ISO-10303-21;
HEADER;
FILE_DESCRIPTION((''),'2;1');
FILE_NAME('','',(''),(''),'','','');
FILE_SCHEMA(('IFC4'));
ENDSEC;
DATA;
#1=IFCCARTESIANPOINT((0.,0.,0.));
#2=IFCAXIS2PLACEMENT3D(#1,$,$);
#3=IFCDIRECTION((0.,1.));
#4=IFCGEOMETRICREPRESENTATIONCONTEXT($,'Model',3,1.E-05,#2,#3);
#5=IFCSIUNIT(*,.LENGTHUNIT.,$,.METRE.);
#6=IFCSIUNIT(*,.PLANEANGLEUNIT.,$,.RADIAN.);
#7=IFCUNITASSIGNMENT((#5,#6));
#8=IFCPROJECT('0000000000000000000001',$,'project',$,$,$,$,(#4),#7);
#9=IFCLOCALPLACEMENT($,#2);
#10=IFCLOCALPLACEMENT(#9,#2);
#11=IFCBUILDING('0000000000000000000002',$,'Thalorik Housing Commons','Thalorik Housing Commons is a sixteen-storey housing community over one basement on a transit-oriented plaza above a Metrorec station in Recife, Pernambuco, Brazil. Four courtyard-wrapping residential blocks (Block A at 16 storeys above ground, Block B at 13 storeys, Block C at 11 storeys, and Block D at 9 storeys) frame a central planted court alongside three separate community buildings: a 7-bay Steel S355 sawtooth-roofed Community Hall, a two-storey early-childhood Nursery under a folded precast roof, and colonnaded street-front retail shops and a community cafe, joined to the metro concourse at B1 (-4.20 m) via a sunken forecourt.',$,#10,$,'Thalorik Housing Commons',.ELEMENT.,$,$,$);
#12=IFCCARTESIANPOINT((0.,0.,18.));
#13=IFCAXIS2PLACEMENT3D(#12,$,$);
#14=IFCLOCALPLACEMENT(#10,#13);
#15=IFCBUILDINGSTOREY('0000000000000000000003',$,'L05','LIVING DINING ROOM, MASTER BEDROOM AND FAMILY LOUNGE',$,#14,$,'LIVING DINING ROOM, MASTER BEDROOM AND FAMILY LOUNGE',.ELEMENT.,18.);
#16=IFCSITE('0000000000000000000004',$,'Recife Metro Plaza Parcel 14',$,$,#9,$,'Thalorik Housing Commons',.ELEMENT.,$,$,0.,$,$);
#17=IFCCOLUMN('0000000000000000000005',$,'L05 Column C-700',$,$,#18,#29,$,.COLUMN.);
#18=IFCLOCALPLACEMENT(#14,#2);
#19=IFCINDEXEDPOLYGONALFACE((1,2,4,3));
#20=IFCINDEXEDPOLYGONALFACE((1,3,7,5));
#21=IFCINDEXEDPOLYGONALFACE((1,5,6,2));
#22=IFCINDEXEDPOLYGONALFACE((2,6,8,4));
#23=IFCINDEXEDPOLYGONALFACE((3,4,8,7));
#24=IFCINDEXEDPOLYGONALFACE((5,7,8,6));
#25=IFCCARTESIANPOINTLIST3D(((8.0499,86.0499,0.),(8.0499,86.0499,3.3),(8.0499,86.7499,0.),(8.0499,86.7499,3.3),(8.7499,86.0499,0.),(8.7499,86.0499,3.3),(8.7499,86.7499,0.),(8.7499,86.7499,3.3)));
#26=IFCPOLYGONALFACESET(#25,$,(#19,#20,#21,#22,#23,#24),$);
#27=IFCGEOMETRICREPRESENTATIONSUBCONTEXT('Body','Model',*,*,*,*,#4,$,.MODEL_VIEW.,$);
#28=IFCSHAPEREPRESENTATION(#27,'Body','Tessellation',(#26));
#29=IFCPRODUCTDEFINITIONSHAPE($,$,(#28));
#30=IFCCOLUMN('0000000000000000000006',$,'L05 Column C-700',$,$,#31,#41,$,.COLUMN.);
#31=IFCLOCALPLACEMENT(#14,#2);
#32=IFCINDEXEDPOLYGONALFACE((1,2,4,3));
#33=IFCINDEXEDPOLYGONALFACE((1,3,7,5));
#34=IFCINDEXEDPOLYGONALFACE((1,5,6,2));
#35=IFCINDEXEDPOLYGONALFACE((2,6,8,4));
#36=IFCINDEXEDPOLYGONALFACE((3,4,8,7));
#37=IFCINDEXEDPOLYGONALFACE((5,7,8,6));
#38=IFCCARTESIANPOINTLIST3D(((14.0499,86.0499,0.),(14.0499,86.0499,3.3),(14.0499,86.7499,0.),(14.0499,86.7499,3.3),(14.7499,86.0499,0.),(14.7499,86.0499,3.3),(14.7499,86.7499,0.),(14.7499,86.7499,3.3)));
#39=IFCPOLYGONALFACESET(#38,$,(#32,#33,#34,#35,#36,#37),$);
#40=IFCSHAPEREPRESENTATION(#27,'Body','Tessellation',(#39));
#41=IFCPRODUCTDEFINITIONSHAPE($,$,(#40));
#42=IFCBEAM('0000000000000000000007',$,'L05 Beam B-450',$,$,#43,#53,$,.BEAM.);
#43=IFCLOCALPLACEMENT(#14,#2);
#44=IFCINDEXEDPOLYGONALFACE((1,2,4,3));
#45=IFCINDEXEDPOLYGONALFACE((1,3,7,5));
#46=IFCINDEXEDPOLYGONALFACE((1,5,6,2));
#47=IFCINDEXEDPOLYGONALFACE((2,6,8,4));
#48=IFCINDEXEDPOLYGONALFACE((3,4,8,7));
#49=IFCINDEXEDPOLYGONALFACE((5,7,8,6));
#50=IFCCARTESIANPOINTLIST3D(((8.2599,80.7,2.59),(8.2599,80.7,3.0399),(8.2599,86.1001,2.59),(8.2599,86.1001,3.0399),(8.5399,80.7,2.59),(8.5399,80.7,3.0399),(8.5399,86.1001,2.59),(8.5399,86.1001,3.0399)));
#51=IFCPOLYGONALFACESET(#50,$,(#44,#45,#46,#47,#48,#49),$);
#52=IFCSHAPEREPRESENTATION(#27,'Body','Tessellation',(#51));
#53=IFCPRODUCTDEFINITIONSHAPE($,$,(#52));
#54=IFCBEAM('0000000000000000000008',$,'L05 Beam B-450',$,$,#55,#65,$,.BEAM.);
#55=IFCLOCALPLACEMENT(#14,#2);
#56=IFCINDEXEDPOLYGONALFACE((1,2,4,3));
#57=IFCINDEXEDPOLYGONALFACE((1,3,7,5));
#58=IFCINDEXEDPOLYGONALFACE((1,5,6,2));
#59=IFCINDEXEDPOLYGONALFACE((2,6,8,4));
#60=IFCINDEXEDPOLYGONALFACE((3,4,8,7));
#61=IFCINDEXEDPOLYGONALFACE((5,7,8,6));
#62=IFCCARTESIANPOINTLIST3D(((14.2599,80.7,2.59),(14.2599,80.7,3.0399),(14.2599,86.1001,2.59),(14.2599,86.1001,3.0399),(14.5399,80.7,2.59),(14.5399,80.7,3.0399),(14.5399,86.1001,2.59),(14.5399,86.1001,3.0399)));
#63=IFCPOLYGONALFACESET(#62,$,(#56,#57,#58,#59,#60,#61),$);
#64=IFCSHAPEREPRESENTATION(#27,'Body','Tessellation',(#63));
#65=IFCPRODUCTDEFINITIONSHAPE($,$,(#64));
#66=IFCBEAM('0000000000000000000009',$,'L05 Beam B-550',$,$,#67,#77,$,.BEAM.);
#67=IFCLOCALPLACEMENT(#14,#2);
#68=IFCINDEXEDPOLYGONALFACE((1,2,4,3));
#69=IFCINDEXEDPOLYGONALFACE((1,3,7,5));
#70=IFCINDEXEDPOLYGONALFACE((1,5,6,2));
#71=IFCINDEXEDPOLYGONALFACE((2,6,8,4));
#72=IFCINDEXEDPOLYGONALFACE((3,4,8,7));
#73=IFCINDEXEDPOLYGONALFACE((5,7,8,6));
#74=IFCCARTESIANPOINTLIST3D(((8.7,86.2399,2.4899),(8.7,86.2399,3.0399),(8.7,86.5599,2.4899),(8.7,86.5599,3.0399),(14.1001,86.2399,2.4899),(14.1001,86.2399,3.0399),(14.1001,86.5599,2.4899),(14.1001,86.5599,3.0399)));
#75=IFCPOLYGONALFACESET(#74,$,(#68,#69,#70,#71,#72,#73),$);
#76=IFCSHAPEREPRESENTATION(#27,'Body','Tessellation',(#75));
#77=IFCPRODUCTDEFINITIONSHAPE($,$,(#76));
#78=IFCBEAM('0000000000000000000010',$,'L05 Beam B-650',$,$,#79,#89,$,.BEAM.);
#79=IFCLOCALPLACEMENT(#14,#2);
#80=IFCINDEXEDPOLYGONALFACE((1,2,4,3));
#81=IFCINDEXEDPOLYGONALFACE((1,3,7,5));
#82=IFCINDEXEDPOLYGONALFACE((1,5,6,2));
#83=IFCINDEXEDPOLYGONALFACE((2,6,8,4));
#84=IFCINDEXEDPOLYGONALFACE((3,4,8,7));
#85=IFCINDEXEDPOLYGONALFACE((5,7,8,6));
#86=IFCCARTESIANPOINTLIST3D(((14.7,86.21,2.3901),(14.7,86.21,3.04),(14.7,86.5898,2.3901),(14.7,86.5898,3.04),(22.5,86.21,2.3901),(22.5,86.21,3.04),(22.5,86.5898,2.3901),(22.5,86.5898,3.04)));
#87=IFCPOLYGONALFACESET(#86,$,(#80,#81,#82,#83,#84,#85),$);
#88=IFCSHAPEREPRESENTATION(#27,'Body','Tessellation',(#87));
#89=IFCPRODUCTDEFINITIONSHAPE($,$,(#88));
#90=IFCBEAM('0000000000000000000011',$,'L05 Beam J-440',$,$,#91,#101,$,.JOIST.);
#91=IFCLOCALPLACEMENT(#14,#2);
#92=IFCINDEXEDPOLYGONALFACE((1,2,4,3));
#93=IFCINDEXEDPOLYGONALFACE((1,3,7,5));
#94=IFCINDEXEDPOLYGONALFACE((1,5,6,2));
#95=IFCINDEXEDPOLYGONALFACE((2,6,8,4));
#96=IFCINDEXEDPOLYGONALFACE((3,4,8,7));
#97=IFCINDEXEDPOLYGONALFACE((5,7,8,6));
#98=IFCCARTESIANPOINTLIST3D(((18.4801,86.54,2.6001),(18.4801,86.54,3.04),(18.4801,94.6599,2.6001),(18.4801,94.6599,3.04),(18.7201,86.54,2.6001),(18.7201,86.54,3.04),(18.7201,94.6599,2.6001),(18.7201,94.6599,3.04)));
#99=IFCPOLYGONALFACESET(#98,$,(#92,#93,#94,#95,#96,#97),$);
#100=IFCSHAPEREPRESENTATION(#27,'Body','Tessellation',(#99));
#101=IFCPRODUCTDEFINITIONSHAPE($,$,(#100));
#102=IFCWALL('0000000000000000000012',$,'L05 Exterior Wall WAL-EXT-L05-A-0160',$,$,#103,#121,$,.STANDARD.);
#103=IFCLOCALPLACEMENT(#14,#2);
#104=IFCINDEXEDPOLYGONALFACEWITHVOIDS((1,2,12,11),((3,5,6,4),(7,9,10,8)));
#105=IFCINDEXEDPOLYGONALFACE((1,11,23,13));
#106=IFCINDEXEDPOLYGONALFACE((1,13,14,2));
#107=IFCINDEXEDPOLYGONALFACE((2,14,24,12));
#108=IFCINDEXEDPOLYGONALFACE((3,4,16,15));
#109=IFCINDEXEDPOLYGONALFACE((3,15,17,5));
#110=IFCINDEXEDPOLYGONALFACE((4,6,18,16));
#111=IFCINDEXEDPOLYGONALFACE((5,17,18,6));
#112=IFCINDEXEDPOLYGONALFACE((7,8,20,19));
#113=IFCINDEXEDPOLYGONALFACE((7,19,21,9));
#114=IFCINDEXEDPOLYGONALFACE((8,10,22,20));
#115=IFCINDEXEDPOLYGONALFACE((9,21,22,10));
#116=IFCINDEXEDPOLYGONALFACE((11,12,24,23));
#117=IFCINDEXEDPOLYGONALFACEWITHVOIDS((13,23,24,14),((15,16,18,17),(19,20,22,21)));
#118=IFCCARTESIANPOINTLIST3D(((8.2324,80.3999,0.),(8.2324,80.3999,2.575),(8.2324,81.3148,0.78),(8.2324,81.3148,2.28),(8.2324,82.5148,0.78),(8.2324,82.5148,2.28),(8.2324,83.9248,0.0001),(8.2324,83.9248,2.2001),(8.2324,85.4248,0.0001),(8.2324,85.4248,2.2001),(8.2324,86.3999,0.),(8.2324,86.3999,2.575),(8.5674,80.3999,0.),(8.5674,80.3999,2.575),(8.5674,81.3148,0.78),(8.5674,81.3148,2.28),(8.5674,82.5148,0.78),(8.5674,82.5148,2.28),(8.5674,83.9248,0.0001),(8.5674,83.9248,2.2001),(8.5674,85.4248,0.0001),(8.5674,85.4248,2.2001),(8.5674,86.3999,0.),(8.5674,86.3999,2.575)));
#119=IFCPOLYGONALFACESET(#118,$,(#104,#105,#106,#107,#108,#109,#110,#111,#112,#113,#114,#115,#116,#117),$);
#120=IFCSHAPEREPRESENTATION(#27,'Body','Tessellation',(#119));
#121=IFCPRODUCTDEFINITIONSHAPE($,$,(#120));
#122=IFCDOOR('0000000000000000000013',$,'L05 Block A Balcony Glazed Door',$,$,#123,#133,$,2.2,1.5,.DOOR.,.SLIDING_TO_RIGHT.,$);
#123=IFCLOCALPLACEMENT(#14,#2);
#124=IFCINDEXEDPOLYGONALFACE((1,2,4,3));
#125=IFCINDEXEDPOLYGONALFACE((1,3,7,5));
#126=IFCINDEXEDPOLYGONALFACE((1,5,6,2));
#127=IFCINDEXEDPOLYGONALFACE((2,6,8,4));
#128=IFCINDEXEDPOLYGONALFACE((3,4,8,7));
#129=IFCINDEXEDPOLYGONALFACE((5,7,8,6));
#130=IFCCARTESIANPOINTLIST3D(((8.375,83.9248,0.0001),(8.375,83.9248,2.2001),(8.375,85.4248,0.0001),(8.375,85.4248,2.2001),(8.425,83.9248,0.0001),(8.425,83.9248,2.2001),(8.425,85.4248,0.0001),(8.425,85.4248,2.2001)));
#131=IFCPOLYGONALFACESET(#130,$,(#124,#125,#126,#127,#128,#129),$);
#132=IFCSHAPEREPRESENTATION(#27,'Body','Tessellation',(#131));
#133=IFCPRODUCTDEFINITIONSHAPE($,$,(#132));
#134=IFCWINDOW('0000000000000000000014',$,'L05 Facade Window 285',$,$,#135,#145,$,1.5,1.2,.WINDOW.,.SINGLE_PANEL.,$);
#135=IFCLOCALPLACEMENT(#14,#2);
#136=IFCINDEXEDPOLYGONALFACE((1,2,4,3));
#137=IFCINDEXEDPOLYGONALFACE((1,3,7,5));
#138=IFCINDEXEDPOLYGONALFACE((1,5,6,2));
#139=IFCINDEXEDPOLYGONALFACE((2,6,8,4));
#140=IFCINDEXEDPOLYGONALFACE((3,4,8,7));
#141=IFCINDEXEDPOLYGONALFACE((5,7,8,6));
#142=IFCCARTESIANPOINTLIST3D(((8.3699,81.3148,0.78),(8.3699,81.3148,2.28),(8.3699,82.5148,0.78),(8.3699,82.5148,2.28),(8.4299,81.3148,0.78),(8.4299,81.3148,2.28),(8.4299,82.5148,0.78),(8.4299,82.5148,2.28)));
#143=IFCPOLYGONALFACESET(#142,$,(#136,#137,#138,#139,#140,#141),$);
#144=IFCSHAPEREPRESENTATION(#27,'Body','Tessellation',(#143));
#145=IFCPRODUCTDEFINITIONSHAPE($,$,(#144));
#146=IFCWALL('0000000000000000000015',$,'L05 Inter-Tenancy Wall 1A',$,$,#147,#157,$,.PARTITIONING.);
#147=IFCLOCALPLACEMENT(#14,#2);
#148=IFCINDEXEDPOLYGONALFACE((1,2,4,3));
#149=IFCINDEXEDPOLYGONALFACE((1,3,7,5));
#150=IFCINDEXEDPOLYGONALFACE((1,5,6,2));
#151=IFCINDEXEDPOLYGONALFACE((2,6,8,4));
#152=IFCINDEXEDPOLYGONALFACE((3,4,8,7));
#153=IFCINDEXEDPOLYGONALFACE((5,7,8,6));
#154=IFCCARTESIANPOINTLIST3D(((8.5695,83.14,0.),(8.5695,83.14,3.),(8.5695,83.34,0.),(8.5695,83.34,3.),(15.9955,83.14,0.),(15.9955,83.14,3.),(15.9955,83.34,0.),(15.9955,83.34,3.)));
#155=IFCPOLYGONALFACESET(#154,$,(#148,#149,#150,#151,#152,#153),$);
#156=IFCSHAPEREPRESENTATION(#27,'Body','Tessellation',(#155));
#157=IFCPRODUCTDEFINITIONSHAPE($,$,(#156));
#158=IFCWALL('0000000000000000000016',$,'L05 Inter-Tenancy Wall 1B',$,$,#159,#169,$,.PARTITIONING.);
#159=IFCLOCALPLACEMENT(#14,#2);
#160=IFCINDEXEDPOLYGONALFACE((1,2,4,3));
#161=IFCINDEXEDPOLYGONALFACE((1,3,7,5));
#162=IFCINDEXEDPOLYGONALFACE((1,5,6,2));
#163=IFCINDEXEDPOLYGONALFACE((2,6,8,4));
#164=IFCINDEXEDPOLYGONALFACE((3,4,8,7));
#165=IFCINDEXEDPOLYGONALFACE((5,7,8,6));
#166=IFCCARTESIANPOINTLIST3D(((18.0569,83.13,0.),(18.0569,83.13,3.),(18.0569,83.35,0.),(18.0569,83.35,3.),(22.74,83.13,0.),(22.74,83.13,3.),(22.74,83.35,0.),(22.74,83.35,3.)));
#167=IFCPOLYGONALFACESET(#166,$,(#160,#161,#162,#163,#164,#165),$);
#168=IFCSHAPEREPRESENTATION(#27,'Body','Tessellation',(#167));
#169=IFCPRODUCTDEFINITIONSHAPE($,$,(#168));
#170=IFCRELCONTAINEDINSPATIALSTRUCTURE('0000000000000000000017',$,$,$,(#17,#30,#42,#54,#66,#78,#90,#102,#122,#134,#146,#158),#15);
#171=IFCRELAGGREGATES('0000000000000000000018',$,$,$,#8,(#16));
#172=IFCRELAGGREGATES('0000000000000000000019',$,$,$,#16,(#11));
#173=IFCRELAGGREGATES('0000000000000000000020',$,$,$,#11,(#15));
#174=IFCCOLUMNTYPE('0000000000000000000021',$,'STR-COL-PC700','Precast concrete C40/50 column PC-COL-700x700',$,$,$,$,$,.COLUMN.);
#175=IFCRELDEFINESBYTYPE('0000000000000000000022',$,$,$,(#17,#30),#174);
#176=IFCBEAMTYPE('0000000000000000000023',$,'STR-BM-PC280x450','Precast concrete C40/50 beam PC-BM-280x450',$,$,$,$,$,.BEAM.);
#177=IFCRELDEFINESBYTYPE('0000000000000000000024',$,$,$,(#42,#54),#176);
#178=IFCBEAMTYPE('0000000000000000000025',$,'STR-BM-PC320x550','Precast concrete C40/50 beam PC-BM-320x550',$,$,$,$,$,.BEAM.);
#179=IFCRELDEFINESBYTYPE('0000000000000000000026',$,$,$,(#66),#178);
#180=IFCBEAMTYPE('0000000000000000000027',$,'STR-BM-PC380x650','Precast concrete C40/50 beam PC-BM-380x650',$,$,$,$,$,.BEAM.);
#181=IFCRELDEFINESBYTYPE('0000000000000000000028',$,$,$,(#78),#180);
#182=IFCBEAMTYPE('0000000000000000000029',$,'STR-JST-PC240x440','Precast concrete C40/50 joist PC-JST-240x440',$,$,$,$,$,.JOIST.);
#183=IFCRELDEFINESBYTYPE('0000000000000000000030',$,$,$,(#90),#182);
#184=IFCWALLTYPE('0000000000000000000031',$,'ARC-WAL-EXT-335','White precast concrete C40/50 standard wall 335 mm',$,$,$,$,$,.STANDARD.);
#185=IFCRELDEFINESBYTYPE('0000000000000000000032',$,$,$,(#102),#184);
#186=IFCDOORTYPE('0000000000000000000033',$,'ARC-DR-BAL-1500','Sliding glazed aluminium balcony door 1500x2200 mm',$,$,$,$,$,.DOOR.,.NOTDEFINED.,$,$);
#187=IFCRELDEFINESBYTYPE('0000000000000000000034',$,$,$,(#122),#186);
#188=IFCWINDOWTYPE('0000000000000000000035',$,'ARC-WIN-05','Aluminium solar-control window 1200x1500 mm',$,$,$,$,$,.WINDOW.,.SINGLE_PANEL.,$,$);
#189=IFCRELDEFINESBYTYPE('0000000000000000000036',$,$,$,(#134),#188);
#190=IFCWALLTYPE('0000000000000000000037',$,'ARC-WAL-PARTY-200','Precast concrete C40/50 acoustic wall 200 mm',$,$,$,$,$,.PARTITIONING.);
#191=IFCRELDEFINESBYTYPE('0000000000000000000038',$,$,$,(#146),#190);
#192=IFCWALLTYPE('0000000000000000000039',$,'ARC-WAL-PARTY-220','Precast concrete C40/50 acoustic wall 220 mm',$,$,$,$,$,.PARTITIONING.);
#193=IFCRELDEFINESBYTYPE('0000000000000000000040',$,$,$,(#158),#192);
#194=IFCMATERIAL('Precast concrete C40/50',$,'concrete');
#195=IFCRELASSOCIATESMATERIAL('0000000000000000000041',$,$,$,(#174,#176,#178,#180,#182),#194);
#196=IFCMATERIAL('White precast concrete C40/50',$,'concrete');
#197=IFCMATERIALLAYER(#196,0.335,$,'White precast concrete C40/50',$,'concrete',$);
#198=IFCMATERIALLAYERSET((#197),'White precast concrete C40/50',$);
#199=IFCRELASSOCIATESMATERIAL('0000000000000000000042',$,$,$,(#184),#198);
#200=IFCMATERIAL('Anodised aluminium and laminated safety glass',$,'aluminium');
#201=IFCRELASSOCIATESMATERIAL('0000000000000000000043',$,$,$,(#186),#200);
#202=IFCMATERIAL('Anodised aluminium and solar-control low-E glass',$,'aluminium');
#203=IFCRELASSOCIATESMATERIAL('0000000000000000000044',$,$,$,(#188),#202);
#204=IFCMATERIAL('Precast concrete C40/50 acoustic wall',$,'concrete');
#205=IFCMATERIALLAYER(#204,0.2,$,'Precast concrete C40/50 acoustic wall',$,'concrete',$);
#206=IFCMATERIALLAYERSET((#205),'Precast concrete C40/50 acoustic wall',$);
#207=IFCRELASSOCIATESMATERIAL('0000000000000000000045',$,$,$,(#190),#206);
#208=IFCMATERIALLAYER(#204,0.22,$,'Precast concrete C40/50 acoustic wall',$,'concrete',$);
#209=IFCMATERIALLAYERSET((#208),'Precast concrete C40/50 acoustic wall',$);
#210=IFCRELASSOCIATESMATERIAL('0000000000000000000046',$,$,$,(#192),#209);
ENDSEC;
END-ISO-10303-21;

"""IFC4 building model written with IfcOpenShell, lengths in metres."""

from ifc_helpers import new_model, si_unit, direction, frame, frame_2d, origin, origin_2d, place, context, subcontext, project, spatial, rectangle, extrude, material, layer, layer_set, material_profile, profile_set, type_object, element, fill, save


model = new_model("IFC4")

# Units and contexts
model_context = context("Model", 3, precision=1e-05, world=origin(), true_north=direction((0.0, 1.0)))
body_context = subcontext(model_context, "Body", "Model", "MODEL_VIEW")
ifc_project = project(units=[si_unit("LENGTHUNIT", "METRE"), si_unit("PLANEANGLEUNIT", "RADIAN")], contexts=[model_context])

# Site, building, storey
site_placement = place(None, origin())
site = spatial("IfcSite", under=ifc_project, at=site_placement, Name="Recife Metro Plaza Parcel 14", LongName="Thalorik Housing Commons", CompositionType="ELEMENT", RefElevation=0.0)
building_placement = place(site_placement, origin())
building = spatial("IfcBuilding", under=site, at=building_placement, Name="Thalorik Housing Commons", Description="Thalorik Housing Commons is a sixteen-storey housing community over one basement on a transit-oriented plaza above a Metrorec station in Recife, Pernambuco, Brazil. Four courtyard-wrapping residential blocks (Block A at 16 storeys above ground, Block B at 13 storeys, Block C at 11 storeys, and Block D at 9 storeys) frame a central planted court alongside three separate community buildings: a 7-bay Steel S355 sawtooth-roofed Community Hall, a two-storey early-childhood Nursery under a folded precast roof, and colonnaded street-front retail shops and a community cafe, joined to the metro concourse at B1 (-4.20 m) via a sunken forecourt.", LongName="Thalorik Housing Commons", CompositionType="ELEMENT")
storey_placement = place(building_placement, frame((0.0, 0.0, 18.0)))
storey = spatial("IfcBuildingStorey", under=building, at=storey_placement, Name="L05", Description="LIVING DINING ROOM, MASTER BEDROOM AND FAMILY LOUNGE", LongName="LIVING DINING ROOM, MASTER BEDROOM AND FAMILY LOUNGE", CompositionType="ELEMENT", Elevation=18.0)

# Columns
ifc_material_1 = material(Name="Precast concrete C40/50", Category="concrete")
ifc_material_profile_1 = material_profile(ifc_material_1, rectangle(XDim=0.7, YDim=0.7, at=origin_2d()), Name="PC 700x700", Category="concrete")
ifc_profile_set_1 = profile_set([ifc_material_profile_1], Name="Precast concrete C40/50")
column_type = type_object("IfcColumnType", Name="STR-COL-PC700", Description="Precast concrete C40/50 column PC-COL-700x700", PredefinedType="COLUMN", material=ifc_profile_set_1)
for number, where, z_axis, x_axis, name in (
    (1, (8.3999, 86.3999, 0.0), (0.0, 0.0, 1.0), (1.0, 0.0, 0.0), "L05 Column C-700"),
    (2, (14.3999, 86.3999, 0.0), (0.0, 0.0, 1.0), (1.0, 0.0, 0.0), "L05 Column C-700"),
):
    element("IfcColumn", number, at=place(storey_placement, frame(where, z_axis=z_axis, x_axis=x_axis)), inside=storey, type_object=column_type, Name=name, PredefinedType="COLUMN", context=body_context, shape_type="SweptSolid", body=[
        extrude(rectangle(XDim=0.7, YDim=0.7, at=origin_2d()), origin(), (0.0, 0.0, 1.0), 3.3),
    ])

# Beams
ifc_material_profile_2 = material_profile(ifc_material_1, rectangle(XDim=0.28, YDim=0.45, at=origin_2d()), Name="PC 280x450", Category="concrete")
ifc_profile_set_2 = profile_set([ifc_material_profile_2], Name="Precast concrete C40/50")
beam_type_1 = type_object("IfcBeamType", Name="STR-BM-PC280x450", Description="Precast concrete C40/50 beam PC-BM-280x450", PredefinedType="BEAM", material=ifc_profile_set_2)
for number, where, z_axis, x_axis, name in (
    (3, (8.3999, 80.7, 2.8149), (0.0, 1.0, 0.0), (-1.0, 0.0, 0.0), "L05 Beam B-450"),
    (4, (14.3999, 80.7, 2.8149), (0.0, 1.0, 0.0), (-1.0, 0.0, 0.0), "L05 Beam B-450"),
):
    element("IfcBeam", number, at=place(storey_placement, frame(where, z_axis=z_axis, x_axis=x_axis)), inside=storey, type_object=beam_type_1, Name=name, PredefinedType="BEAM", context=body_context, shape_type="SweptSolid", body=[
        extrude(rectangle(XDim=0.28, YDim=0.45, at=origin_2d()), origin(), (0.0, 0.0, 1.0), 5.4001),
    ])
ifc_material_profile_3 = material_profile(ifc_material_1, rectangle(XDim=0.3201, YDim=0.55, at=origin_2d()), Name="PC 320x550", Category="concrete")
ifc_profile_set_3 = profile_set([ifc_material_profile_3], Name="Precast concrete C40/50")
beam_type_2 = type_object("IfcBeamType", Name="STR-BM-PC320x550", Description="Precast concrete C40/50 beam PC-BM-320x550", PredefinedType="BEAM", material=ifc_profile_set_3)
beam_1_placement = place(storey_placement, frame((8.7, 86.3999, 2.7649), z_axis=(1.0, 0.0, 0.0), x_axis=(0.0, 1.0, 0.0)))
element("IfcBeam", 5, at=beam_1_placement, inside=storey, type_object=beam_type_2, Name="L05 Beam B-550", PredefinedType="BEAM", context=body_context, shape_type="SweptSolid", body=[
    extrude(rectangle(XDim=0.3201, YDim=0.55, at=origin_2d()), origin(), (0.0, 0.0, 1.0), 5.4001),
])
ifc_material_profile_4 = material_profile(ifc_material_1, rectangle(XDim=0.3799, YDim=0.6499, at=origin_2d()), Name="PC 380x650", Category="concrete")
ifc_profile_set_4 = profile_set([ifc_material_profile_4], Name="Precast concrete C40/50")
beam_type_3 = type_object("IfcBeamType", Name="STR-BM-PC380x650", Description="Precast concrete C40/50 beam PC-BM-380x650", PredefinedType="BEAM", material=ifc_profile_set_4)
beam_2_placement = place(storey_placement, frame((14.7, 86.3999, 2.7151), z_axis=(1.0, 0.0, 0.0), x_axis=(0.0, 1.0, 0.0)))
element("IfcBeam", 6, at=beam_2_placement, inside=storey, type_object=beam_type_3, Name="L05 Beam B-650", PredefinedType="BEAM", context=body_context, shape_type="SweptSolid", body=[
    extrude(rectangle(XDim=0.3799, YDim=0.6499, at=origin_2d()), origin(), (0.0, 0.0, 1.0), 7.8),
])
ifc_material_profile_5 = material_profile(ifc_material_1, rectangle(XDim=0.24, YDim=0.4399, at=origin_2d()), Name="PC JST 240x440", Category="concrete")
ifc_profile_set_5 = profile_set([ifc_material_profile_5], Name="Precast concrete C40/50")
beam_type_4 = type_object("IfcBeamType", Name="STR-JST-PC240x440", Description="Precast concrete C40/50 joist PC-JST-240x440", PredefinedType="JOIST", material=ifc_profile_set_5)
beam_3_placement = place(storey_placement, frame((18.6001, 86.54, 2.8201), z_axis=(0.0, 1.0, 0.0), x_axis=(-1.0, 0.0, 0.0)))
element("IfcBeam", 7, at=beam_3_placement, inside=storey, type_object=beam_type_4, Name="L05 Beam J-440", PredefinedType="JOIST", context=body_context, shape_type="SweptSolid", body=[
    extrude(rectangle(XDim=0.24, YDim=0.4399, at=origin_2d()), origin(), (0.0, 0.0, 1.0), 8.1199),
])

# Wall, openings, door, window
ifc_material_2 = material(Name="White precast concrete C40/50", Category="concrete")
ifc_layer_1 = layer(ifc_material_2, 0.335, Name="White precast concrete C40/50", Category="concrete")
ifc_layer_set_1 = layer_set([ifc_layer_1], Name="White precast concrete C40/50")
wall_type_1 = type_object("IfcWallType", Name="ARC-WAL-EXT-335", Description="White precast concrete C40/50 standard wall 335 mm", PredefinedType="STANDARD", material=ifc_layer_set_1)
wall_1_placement = place(storey_placement, frame((8.3999, 86.3999, 0.0), z_axis=(0.0, 0.0, 1.0), x_axis=(0.0, -1.0, 0.0)))
wall_1 = element("IfcWall", 8, at=wall_1_placement, inside=storey, type_object=wall_type_1, Name="L05 Exterior Wall WAL-EXT-L05-A-0160", PredefinedType="STANDARD", context=body_context, shape_type="SweptSolid", body=[
    extrude(rectangle(XDim=6.0, YDim=0.335, at=frame_2d((3.0, 0.0))), origin(), (0.0, 0.0, 1.0), 2.575),
])
opening_1_placement = place(wall_1_placement, frame((0.9751, 0.0, 0.0)))
opening_1 = element("IfcOpeningElement", 9, at=opening_1_placement, cuts=wall_1, PredefinedType="OPENING", context=body_context, shape_type="SweptSolid", body=[
    extrude(rectangle(XDim=1.5, YDim=2.2, at=frame_2d((0.75, 1.1001))), frame((0.0, 0.1775, 0.0), z_axis=(0.0, -1.0, 0.0), x_axis=(1.0, 0.0, 0.0)), (0.0, 0.0, 1.0), 0.355),
])
opening_2_placement = place(wall_1_placement, frame((3.885, 0.0, 0.78)))
opening_2 = element("IfcOpeningElement", 10, at=opening_2_placement, cuts=wall_1, PredefinedType="OPENING", context=body_context, shape_type="SweptSolid", body=[
    extrude(rectangle(XDim=1.2, YDim=1.5, at=frame_2d((0.6001, 0.75))), frame((0.0, 0.1775, 0.0), z_axis=(0.0, -1.0, 0.0), x_axis=(1.0, 0.0, 0.0)), (0.0, 0.0, 1.0), 0.355),
])
ifc_material_3 = material(Name="Anodised aluminium and laminated safety glass", Category="aluminium")
door_type = type_object("IfcDoorType", Name="ARC-DR-BAL-1500", Description="Sliding glazed aluminium balcony door 1500x2200 mm", OperationType="NOTDEFINED", PredefinedType="DOOR", material=ifc_material_3)
door_placement = place(opening_1_placement, frame((1.5, 0.0, 0.0), z_axis=(0.0, 0.0, 1.0), x_axis=(-1.0, 0.0, 0.0)))
door = element("IfcDoor", 11, at=door_placement, inside=storey, type_object=door_type, Name="L05 Block A Balcony Glazed Door", OperationType="SLIDING_TO_RIGHT", OverallHeight=2.2, OverallWidth=1.5, PredefinedType="DOOR", context=body_context, shape_type="SweptSolid", body=[
    extrude(rectangle(XDim=1.5, YDim=2.2, at=frame_2d((0.75, 1.1001))), frame((0.0, 0.0249, 0.0), z_axis=(0.0, -1.0, 0.0), x_axis=(1.0, 0.0, 0.0)), (0.0, 0.0, 1.0), 0.05),
])
fill(opening_1, door)
ifc_material_4 = material(Name="Anodised aluminium and solar-control low-E glass", Category="aluminium")
window_type = type_object("IfcWindowType", Name="ARC-WIN-05", Description="Aluminium solar-control window 1200x1500 mm", PartitioningType="SINGLE_PANEL", PredefinedType="WINDOW", material=ifc_material_4)
window_placement = place(opening_2_placement, origin())
window = element("IfcWindow", 12, at=window_placement, inside=storey, type_object=window_type, Name="L05 Facade Window 285", OverallHeight=1.5, OverallWidth=1.2, PartitioningType="SINGLE_PANEL", PredefinedType="WINDOW", context=body_context, shape_type="SweptSolid", body=[
    extrude(rectangle(XDim=1.2, YDim=1.5, at=frame_2d((0.6001, 0.75))), frame((0.0, 0.03, 0.0), z_axis=(0.0, -1.0, 0.0), x_axis=(1.0, 0.0, 0.0)), (0.0, 0.0, 1.0), 0.0601),
])
fill(opening_2, window)

# Walls
ifc_material_5 = material(Name="Precast concrete C40/50 acoustic wall", Category="concrete")
ifc_layer_2 = layer(ifc_material_5, 0.2, Name="Precast concrete C40/50 acoustic wall", Category="concrete")
ifc_layer_set_2 = layer_set([ifc_layer_2], Name="Precast concrete C40/50 acoustic wall")
wall_type_2 = type_object("IfcWallType", Name="ARC-WAL-PARTY-200", Description="Precast concrete C40/50 acoustic wall 200 mm", PredefinedType="PARTITIONING", material=ifc_layer_set_2)
wall_2_placement = place(storey_placement, frame((8.5696, 83.24, 0.0), z_axis=(0.0, 0.0, 1.0), x_axis=(1.0, 0.0, 0.0)))
element("IfcWall", 13, at=wall_2_placement, inside=storey, type_object=wall_type_2, Name="L05 Inter-Tenancy Wall 1A", PredefinedType="PARTITIONING", context=body_context, shape_type="SweptSolid", body=[
    extrude(rectangle(XDim=7.426, YDim=0.2, at=frame_2d((3.7129, 0.0))), origin(), (0.0, 0.0, 1.0), 3.0),
])
ifc_layer_3 = layer(ifc_material_5, 0.22, Name="Precast concrete C40/50 acoustic wall", Category="concrete")
ifc_layer_set_3 = layer_set([ifc_layer_3], Name="Precast concrete C40/50 acoustic wall")
wall_type_3 = type_object("IfcWallType", Name="ARC-WAL-PARTY-220", Description="Precast concrete C40/50 acoustic wall 220 mm", PredefinedType="PARTITIONING", material=ifc_layer_set_3)
wall_3_placement = place(storey_placement, frame((18.0569, 83.24, 0.0), z_axis=(0.0, 0.0, 1.0), x_axis=(1.0, 0.0, 0.0)))
element("IfcWall", 14, at=wall_3_placement, inside=storey, type_object=wall_type_3, Name="L05 Inter-Tenancy Wall 1B", PredefinedType="PARTITIONING", context=body_context, shape_type="SweptSolid", body=[
    extrude(rectangle(XDim=4.6831, YDim=0.22, at=frame_2d((2.3416, 0.0))), origin(), (0.0, 0.0, 1.0), 3.0),
])

save(model, "model.ifc")
